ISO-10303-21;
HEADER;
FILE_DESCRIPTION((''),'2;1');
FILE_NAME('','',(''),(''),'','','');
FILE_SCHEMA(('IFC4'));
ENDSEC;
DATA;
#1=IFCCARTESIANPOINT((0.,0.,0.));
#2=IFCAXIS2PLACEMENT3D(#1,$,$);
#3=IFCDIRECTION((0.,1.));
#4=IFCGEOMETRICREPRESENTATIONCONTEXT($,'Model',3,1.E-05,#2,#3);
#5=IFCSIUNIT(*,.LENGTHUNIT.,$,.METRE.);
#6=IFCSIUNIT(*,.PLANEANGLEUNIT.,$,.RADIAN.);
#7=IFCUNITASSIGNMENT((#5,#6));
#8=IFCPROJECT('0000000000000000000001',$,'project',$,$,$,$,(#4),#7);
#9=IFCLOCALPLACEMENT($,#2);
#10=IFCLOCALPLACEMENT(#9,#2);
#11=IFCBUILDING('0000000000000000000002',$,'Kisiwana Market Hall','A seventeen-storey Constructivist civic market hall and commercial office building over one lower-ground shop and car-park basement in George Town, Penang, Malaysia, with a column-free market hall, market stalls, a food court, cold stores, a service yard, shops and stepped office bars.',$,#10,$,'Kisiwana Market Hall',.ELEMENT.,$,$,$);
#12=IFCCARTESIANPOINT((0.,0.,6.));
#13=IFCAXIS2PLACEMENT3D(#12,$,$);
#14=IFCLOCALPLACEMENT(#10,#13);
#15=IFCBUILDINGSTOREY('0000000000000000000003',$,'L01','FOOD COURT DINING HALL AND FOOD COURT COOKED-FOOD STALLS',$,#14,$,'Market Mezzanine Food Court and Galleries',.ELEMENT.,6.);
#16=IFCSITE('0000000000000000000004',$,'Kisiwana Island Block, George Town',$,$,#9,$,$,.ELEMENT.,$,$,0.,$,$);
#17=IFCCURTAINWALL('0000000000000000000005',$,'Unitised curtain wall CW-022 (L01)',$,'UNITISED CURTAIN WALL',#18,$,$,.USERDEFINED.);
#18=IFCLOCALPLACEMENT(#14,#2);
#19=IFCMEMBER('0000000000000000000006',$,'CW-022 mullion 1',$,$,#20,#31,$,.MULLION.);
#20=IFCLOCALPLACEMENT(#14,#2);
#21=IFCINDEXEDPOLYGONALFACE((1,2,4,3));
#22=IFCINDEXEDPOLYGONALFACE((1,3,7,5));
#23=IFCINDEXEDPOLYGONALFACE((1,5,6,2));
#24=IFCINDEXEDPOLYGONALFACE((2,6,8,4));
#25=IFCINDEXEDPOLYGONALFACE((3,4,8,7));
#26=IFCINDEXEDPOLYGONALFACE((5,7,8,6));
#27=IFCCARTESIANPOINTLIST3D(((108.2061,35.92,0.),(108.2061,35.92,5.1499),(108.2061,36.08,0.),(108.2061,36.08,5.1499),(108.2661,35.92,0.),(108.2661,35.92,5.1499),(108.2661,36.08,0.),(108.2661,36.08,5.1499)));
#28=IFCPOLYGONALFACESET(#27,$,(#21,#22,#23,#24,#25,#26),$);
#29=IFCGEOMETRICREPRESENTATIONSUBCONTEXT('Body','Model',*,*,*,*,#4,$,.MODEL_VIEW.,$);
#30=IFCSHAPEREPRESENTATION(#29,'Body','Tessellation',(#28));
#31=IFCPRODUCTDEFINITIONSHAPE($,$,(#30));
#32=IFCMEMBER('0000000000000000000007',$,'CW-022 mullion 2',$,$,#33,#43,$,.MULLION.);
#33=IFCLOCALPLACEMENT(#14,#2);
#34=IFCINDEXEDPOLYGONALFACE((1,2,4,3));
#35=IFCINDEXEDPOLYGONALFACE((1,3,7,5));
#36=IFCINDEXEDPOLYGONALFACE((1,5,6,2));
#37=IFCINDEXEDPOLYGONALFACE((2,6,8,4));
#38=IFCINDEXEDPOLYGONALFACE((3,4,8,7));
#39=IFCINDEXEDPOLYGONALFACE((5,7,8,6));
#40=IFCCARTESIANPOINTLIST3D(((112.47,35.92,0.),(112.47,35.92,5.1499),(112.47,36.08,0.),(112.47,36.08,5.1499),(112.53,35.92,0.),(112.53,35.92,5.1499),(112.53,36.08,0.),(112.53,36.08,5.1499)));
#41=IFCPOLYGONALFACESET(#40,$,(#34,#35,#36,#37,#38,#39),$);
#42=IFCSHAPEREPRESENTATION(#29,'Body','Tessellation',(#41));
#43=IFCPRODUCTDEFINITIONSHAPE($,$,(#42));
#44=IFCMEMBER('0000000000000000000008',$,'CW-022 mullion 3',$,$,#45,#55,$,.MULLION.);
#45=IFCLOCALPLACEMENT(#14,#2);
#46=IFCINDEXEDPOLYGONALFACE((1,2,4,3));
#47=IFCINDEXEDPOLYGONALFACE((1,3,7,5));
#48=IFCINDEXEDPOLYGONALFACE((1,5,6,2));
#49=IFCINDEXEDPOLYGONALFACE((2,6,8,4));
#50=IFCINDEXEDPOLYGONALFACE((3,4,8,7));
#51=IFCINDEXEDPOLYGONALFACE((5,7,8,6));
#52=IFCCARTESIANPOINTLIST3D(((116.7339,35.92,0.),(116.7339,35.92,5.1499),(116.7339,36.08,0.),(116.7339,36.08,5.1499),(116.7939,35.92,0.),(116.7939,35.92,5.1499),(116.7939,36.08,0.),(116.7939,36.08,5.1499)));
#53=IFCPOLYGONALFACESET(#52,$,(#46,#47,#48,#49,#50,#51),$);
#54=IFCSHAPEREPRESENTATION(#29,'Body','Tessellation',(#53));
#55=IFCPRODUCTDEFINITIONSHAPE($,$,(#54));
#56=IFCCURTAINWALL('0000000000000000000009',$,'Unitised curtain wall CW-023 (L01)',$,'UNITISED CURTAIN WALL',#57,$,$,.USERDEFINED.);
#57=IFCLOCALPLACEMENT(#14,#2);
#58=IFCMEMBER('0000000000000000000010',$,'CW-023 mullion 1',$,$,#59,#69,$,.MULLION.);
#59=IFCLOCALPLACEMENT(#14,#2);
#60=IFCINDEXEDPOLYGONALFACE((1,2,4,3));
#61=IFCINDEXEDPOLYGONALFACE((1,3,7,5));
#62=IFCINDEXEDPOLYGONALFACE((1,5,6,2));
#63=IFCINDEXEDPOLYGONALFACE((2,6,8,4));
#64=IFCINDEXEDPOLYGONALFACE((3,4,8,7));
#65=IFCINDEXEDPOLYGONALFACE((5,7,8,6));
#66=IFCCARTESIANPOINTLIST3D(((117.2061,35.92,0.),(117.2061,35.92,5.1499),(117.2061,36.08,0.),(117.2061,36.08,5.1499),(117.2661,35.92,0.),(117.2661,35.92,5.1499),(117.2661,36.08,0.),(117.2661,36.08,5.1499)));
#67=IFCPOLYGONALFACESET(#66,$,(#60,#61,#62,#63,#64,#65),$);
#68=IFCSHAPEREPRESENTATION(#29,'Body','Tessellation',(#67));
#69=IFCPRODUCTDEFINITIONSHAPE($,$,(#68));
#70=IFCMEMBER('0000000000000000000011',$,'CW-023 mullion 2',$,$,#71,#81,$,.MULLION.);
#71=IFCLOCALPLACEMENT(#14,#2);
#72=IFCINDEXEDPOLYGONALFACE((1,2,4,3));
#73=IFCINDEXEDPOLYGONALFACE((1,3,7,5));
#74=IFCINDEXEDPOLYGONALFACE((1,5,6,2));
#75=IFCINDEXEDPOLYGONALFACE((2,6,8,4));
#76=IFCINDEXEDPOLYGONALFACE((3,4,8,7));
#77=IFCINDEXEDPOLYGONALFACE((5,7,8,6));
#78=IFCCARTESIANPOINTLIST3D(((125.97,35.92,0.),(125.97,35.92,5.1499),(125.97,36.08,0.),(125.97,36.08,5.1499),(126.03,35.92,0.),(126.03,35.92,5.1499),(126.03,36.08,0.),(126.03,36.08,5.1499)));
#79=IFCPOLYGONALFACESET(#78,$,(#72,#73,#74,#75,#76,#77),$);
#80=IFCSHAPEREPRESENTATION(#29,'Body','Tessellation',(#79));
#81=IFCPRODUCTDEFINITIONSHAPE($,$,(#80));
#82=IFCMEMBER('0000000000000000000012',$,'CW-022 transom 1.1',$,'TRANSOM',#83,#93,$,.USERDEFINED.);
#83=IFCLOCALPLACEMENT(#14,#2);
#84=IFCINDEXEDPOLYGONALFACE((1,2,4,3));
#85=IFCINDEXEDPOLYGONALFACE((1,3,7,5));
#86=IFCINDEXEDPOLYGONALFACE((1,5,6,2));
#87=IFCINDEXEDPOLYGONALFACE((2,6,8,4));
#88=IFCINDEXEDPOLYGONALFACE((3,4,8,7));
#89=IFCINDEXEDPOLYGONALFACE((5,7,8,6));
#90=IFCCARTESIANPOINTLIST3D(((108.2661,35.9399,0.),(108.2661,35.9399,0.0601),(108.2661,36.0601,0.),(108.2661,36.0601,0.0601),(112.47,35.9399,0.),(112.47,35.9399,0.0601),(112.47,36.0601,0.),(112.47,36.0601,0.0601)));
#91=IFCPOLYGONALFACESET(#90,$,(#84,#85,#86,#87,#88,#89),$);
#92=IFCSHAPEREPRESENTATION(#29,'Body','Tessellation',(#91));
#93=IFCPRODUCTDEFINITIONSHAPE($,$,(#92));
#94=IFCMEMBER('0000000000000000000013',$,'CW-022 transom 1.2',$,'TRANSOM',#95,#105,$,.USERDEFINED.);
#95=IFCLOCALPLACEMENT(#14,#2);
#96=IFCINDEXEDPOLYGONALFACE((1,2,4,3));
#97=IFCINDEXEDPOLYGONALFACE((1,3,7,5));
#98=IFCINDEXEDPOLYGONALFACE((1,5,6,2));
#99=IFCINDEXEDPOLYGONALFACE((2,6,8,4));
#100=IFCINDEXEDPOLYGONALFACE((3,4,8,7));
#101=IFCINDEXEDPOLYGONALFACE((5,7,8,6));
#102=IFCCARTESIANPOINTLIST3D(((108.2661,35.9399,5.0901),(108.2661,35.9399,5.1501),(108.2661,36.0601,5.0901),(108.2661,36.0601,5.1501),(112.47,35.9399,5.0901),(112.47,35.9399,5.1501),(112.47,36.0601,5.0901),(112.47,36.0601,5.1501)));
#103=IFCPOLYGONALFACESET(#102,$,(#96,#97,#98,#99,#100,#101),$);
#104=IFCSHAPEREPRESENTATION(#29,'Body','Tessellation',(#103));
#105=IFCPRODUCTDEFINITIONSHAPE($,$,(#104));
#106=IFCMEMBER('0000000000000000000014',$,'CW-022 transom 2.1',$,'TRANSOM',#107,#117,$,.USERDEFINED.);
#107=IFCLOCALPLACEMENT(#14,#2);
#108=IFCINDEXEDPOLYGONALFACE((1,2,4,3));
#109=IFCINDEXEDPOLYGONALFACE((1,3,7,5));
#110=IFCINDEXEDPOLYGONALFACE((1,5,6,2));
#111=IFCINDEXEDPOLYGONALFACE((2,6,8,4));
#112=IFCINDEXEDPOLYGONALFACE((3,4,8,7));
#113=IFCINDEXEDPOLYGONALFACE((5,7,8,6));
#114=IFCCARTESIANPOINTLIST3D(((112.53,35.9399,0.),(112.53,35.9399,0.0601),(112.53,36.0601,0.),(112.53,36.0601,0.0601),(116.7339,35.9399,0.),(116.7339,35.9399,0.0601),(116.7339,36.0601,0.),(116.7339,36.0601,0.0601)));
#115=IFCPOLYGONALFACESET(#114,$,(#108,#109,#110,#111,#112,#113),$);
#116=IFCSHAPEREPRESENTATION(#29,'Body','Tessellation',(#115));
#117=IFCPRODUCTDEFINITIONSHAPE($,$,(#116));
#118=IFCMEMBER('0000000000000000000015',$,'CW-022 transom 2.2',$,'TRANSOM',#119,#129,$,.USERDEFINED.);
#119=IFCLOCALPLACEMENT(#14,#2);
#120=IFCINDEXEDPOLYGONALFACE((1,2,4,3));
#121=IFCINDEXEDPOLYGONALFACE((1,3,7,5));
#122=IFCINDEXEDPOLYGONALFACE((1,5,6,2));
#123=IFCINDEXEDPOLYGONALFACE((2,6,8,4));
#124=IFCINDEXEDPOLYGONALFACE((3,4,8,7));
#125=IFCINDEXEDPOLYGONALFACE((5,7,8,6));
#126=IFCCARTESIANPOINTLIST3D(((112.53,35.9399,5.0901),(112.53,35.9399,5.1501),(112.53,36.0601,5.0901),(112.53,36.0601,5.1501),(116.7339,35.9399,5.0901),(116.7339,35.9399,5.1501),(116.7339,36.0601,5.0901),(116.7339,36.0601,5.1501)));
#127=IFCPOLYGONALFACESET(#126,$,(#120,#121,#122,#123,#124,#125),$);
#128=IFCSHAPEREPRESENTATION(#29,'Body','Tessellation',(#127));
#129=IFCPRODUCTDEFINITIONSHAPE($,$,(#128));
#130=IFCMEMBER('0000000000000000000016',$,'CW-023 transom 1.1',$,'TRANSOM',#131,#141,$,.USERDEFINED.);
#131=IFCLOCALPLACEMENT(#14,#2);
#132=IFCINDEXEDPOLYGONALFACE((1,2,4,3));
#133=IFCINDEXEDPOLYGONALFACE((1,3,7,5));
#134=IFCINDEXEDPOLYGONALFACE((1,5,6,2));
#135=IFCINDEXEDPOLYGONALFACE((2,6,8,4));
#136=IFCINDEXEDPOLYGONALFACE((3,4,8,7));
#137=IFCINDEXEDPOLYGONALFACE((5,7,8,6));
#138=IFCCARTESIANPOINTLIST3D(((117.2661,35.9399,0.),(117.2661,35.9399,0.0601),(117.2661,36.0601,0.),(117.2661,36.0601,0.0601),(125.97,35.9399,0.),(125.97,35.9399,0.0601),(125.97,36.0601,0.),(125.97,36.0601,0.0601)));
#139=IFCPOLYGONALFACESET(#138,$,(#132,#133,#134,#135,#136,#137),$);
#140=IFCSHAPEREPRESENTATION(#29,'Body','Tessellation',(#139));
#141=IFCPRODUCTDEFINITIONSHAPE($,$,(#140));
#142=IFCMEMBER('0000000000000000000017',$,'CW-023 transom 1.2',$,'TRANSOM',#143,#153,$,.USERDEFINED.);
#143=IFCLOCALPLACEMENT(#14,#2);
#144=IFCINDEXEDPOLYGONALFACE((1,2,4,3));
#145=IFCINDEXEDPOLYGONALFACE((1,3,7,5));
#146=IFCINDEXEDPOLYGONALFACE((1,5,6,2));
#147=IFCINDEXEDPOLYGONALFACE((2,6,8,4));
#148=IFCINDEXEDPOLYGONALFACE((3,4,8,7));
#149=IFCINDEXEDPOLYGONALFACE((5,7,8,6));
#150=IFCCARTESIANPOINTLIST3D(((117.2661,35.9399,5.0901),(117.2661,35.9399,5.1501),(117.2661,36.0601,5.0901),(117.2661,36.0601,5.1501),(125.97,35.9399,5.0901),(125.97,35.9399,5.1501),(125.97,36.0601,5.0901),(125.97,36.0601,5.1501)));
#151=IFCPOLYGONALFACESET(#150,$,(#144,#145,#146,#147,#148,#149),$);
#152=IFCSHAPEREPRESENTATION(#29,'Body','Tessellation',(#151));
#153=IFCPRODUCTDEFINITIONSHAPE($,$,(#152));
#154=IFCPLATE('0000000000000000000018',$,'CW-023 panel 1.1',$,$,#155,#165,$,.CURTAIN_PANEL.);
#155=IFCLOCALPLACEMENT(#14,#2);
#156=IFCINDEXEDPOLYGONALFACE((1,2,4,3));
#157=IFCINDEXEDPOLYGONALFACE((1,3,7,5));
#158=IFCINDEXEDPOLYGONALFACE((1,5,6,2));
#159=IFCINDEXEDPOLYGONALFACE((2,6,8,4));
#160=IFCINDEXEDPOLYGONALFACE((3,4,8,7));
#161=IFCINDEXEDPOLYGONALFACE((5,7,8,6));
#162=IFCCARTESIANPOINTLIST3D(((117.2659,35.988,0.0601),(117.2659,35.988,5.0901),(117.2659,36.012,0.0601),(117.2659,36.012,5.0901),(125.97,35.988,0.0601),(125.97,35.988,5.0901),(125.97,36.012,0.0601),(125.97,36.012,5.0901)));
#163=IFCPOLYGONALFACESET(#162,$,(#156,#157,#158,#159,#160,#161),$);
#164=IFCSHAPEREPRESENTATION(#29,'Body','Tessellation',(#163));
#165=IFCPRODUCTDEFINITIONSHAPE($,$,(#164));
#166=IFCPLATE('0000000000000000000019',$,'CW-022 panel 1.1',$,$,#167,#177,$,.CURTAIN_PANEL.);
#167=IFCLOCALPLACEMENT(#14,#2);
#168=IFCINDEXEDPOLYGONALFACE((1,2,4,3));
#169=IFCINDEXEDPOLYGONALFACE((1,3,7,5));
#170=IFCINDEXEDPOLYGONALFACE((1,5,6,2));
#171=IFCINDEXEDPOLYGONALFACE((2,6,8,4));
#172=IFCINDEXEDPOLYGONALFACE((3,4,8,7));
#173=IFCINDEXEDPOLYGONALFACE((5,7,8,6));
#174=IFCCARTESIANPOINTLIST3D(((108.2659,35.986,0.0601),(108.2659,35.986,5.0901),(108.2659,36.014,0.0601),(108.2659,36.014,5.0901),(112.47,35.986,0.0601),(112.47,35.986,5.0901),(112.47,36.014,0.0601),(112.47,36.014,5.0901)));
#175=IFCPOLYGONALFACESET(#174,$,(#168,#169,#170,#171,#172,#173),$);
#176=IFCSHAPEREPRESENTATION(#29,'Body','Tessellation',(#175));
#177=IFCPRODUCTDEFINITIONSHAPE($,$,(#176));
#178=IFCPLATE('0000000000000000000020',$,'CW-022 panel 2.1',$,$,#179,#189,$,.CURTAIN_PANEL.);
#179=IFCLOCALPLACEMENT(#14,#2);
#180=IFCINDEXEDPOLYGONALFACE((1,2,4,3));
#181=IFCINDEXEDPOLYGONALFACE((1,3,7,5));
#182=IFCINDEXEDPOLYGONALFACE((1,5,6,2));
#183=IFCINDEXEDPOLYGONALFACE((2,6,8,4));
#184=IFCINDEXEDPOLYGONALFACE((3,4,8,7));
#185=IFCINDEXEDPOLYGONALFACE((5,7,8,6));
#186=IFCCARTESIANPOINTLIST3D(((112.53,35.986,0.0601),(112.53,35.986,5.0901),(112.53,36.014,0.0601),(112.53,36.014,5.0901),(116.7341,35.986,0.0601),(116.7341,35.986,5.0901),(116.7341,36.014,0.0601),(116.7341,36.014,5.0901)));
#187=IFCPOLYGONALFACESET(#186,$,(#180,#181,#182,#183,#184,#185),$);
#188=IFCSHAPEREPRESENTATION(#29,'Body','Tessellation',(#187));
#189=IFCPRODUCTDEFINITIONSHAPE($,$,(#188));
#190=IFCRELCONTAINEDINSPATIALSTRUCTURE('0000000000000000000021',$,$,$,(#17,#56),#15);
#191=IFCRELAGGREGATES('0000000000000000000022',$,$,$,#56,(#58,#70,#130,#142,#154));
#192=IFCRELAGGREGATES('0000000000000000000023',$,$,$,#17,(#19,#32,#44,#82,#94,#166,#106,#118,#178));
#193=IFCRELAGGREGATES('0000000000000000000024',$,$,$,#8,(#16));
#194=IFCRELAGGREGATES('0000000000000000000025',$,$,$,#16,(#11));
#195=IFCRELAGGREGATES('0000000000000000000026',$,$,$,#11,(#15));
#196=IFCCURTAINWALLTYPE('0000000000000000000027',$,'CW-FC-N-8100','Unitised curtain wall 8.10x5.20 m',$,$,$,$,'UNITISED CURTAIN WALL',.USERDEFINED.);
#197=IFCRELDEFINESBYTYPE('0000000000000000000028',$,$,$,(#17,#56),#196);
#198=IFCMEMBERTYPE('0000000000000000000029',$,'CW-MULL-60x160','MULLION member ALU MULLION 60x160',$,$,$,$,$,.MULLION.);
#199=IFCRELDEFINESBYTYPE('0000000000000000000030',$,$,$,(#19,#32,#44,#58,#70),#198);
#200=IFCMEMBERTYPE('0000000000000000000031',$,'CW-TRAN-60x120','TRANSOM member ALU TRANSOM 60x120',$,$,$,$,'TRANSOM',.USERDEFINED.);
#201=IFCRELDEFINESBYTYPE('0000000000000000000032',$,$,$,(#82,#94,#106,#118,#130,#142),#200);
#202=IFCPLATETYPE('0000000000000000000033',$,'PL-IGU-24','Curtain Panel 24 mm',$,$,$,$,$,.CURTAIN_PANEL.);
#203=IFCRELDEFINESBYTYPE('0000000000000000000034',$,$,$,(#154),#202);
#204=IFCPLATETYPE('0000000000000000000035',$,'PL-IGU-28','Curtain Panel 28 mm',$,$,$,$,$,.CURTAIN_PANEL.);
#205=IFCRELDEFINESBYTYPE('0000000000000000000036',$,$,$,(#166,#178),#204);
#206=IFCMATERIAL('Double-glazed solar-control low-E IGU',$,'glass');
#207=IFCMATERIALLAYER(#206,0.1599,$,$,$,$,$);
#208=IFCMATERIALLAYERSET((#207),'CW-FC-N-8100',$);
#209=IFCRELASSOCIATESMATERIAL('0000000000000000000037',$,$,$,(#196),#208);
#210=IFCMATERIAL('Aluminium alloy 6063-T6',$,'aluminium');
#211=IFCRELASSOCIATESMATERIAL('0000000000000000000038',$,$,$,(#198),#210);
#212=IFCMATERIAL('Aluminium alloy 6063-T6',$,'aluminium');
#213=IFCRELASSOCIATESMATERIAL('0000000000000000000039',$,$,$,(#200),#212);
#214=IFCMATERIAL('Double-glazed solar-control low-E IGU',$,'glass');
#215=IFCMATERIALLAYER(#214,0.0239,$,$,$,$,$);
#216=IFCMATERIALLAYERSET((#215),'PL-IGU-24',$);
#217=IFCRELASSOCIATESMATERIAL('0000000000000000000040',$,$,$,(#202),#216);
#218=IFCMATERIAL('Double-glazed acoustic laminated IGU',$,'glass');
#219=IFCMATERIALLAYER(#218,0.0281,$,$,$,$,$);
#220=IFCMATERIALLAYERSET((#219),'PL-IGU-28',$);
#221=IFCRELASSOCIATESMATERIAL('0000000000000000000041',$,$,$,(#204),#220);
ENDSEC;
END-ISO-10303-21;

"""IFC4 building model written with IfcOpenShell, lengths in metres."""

from ifc_helpers import new_model, si_unit, direction, frame, origin, origin_2d, place, context, subcontext, project, spatial, rectangle, extrude, material, layer, layer_set, material_profile, profile_set, type_object, element, aggregate, save


model = new_model("IFC4")

# Units and contexts
model_context = context("Model", 3, precision=1e-05, world=origin(), true_north=direction((0.0, 1.0)))
body_context = subcontext(model_context, "Body", "Model", "MODEL_VIEW")
ifc_project = project(units=[si_unit("LENGTHUNIT", "METRE"), si_unit("PLANEANGLEUNIT", "RADIAN")], contexts=[model_context])

# Site, building, storey
site_placement = place(None, origin())
site = spatial("IfcSite", under=ifc_project, at=site_placement, Name="Kisiwana Island Block, George Town", CompositionType="ELEMENT", RefElevation=0.0)
building_placement = place(site_placement, origin())
building = spatial("IfcBuilding", under=site, at=building_placement, Name="Kisiwana Market Hall", Description="A seventeen-storey Constructivist civic market hall and commercial office building over one lower-ground shop and car-park basement in George Town, Penang, Malaysia, with a column-free market hall, market stalls, a food court, cold stores, a service yard, shops and stepped office bars.", LongName="Kisiwana Market Hall", CompositionType="ELEMENT")
storey_placement = place(building_placement, frame((0.0, 0.0, 6.0)))
storey = spatial("IfcBuildingStorey", under=building, at=storey_placement, Name="L01", Description="FOOD COURT DINING HALL AND FOOD COURT COOKED-FOOD STALLS", LongName="Market Mezzanine Food Court and Galleries", CompositionType="ELEMENT", Elevation=6.0)

# Shared definitions
ifc_material_1 = material(Name="Double-glazed solar-control low-E IGU", Category="glass")
ifc_layer_1 = layer(ifc_material_1, 0.1599)
ifc_layer_set_1 = layer_set([ifc_layer_1], Name="CW-FC-N-8100")
curtain_wall_type = type_object("IfcCurtainWallType", Name="CW-FC-N-8100", Description="Unitised curtain wall 8.10x5.20 m", ElementType="UNITISED CURTAIN WALL", PredefinedType="USERDEFINED", material=ifc_layer_set_1)
ifc_material_2 = material(Name="Aluminium alloy 6063-T6", Category="aluminium")
ifc_material_profile_1 = material_profile(ifc_material_2, rectangle(XDim=0.0601, YDim=0.1599, at=origin_2d()), Name="ALU MULLION 60x160")
ifc_profile_set_1 = profile_set([ifc_material_profile_1], Name="Aluminium alloy 6063-T6")
member_type_1 = type_object("IfcMemberType", Name="CW-MULL-60x160", Description="MULLION member ALU MULLION 60x160", PredefinedType="MULLION", material=ifc_profile_set_1)

# Curtain walls, members
curtain_wall_1_placement = place(storey_placement, origin())
curtain_wall_1 = element("IfcCurtainWall", 1, at=curtain_wall_1_placement, inside=storey, type_object=curtain_wall_type, Name="Unitised curtain wall CW-022 (L01)", ObjectType="UNITISED CURTAIN WALL", PredefinedType="USERDEFINED")
member_1_placement = place(storey_placement, frame((108.2361, 36.0, 0.0), z_axis=(0.0, 0.0, 1.0), x_axis=(1.0, 0.0, 0.0)))
member_1 = element("IfcMember", 2, at=member_1_placement, type_object=member_type_1, Name="CW-022 mullion 1", PredefinedType="MULLION", context=body_context, shape_type="SweptSolid", body=[
    extrude(rectangle(XDim=0.0601, YDim=0.1599, at=origin_2d()), origin(), (0.0, 0.0, 1.0), 5.1499),
])
member_2_placement = place(storey_placement, frame((112.5, 36.0, 0.0), z_axis=(0.0, 0.0, 1.0), x_axis=(1.0, 0.0, 0.0)))
member_2 = element("IfcMember", 3, at=member_2_placement, type_object=member_type_1, Name="CW-022 mullion 2", PredefinedType="MULLION", context=body_context, shape_type="SweptSolid", body=[
    extrude(rectangle(XDim=0.0601, YDim=0.1599, at=origin_2d()), origin(), (0.0, 0.0, 1.0), 5.1499),
])
member_3_placement = place(storey_placement, frame((116.7639, 36.0, 0.0), z_axis=(0.0, 0.0, 1.0), x_axis=(1.0, 0.0, 0.0)))
member_3 = element("IfcMember", 4, at=member_3_placement, type_object=member_type_1, Name="CW-022 mullion 3", PredefinedType="MULLION", context=body_context, shape_type="SweptSolid", body=[
    extrude(rectangle(XDim=0.0601, YDim=0.1599, at=origin_2d()), origin(), (0.0, 0.0, 1.0), 5.1499),
])
curtain_wall_2_placement = place(storey_placement, origin())
curtain_wall_2 = element("IfcCurtainWall", 5, at=curtain_wall_2_placement, inside=storey, type_object=curtain_wall_type, Name="Unitised curtain wall CW-023 (L01)", ObjectType="UNITISED CURTAIN WALL", PredefinedType="USERDEFINED")
member_4_placement = place(storey_placement, frame((117.2361, 36.0, 0.0), z_axis=(0.0, 0.0, 1.0), x_axis=(1.0, 0.0, 0.0)))
member_4 = element("IfcMember", 6, at=member_4_placement, type_object=member_type_1, Name="CW-023 mullion 1", PredefinedType="MULLION", context=body_context, shape_type="SweptSolid", body=[
    extrude(rectangle(XDim=0.0601, YDim=0.1599, at=origin_2d()), origin(), (0.0, 0.0, 1.0), 5.1499),
])
member_5_placement = place(storey_placement, frame((126.0, 36.0, 0.0), z_axis=(0.0, 0.0, 1.0), x_axis=(1.0, 0.0, 0.0)))
member_5 = element("IfcMember", 7, at=member_5_placement, type_object=member_type_1, Name="CW-023 mullion 2", PredefinedType="MULLION", context=body_context, shape_type="SweptSolid", body=[
    extrude(rectangle(XDim=0.0601, YDim=0.1599, at=origin_2d()), origin(), (0.0, 0.0, 1.0), 5.1499),
])

# Members
ifc_material_3 = material(Name="Aluminium alloy 6063-T6", Category="aluminium")
ifc_material_profile_2 = material_profile(ifc_material_3, rectangle(XDim=0.1201, YDim=0.0601, at=origin_2d()), Name="ALU TRANSOM 60x120")
ifc_profile_set_2 = profile_set([ifc_material_profile_2], Name="Aluminium alloy 6063-T6")
member_type_2 = type_object("IfcMemberType", Name="CW-TRAN-60x120", Description="TRANSOM member ALU TRANSOM 60x120", ElementType="TRANSOM", PredefinedType="USERDEFINED", material=ifc_profile_set_2)
member_6_placement = place(storey_placement, frame((108.2661, 36.0, 0.03), z_axis=(1.0, 0.0, 0.0), x_axis=(0.0, 1.0, 0.0)))
member_6 = element("IfcMember", 8, at=member_6_placement, type_object=member_type_2, Name="CW-022 transom 1.1", ObjectType="TRANSOM", PredefinedType="USERDEFINED", context=body_context, shape_type="SweptSolid", body=[
    extrude(rectangle(XDim=0.1201, YDim=0.0601, at=origin_2d()), origin(), (0.0, 0.0, 1.0), 4.2039),
])
member_7_placement = place(storey_placement, frame((108.2661, 36.0, 5.1201), z_axis=(1.0, 0.0, 0.0), x_axis=(0.0, 1.0, 0.0)))
member_7 = element("IfcMember", 9, at=member_7_placement, type_object=member_type_2, Name="CW-022 transom 1.2", ObjectType="TRANSOM", PredefinedType="USERDEFINED", context=body_context, shape_type="SweptSolid", body=[
    extrude(rectangle(XDim=0.1201, YDim=0.0601, at=origin_2d()), origin(), (0.0, 0.0, 1.0), 4.2039),
])
member_8_placement = place(storey_placement, frame((112.53, 36.0, 0.03), z_axis=(1.0, 0.0, 0.0), x_axis=(0.0, 1.0, 0.0)))
member_8 = element("IfcMember", 10, at=member_8_placement, type_object=member_type_2, Name="CW-022 transom 2.1", ObjectType="TRANSOM", PredefinedType="USERDEFINED", context=body_context, shape_type="SweptSolid", body=[
    extrude(rectangle(XDim=0.1201, YDim=0.0601, at=origin_2d()), origin(), (0.0, 0.0, 1.0), 4.2039),
])
member_9_placement = place(storey_placement, frame((112.53, 36.0, 5.1201), z_axis=(1.0, 0.0, 0.0), x_axis=(0.0, 1.0, 0.0)))
member_9 = element("IfcMember", 11, at=member_9_placement, type_object=member_type_2, Name="CW-022 transom 2.2", ObjectType="TRANSOM", PredefinedType="USERDEFINED", context=body_context, shape_type="SweptSolid", body=[
    extrude(rectangle(XDim=0.1201, YDim=0.0601, at=origin_2d()), origin(), (0.0, 0.0, 1.0), 4.2039),
])
member_10_placement = place(storey_placement, frame((117.2661, 36.0, 0.03), z_axis=(1.0, 0.0, 0.0), x_axis=(0.0, 1.0, 0.0)))
member_10 = element("IfcMember", 12, at=member_10_placement, type_object=member_type_2, Name="CW-023 transom 1.1", ObjectType="TRANSOM", PredefinedType="USERDEFINED", context=body_context, shape_type="SweptSolid", body=[
    extrude(rectangle(XDim=0.1201, YDim=0.0601, at=origin_2d()), origin(), (0.0, 0.0, 1.0), 8.7039),
])
member_11_placement = place(storey_placement, frame((117.2661, 36.0, 5.1201), z_axis=(1.0, 0.0, 0.0), x_axis=(0.0, 1.0, 0.0)))
member_11 = element("IfcMember", 13, at=member_11_placement, type_object=member_type_2, Name="CW-023 transom 1.2", ObjectType="TRANSOM", PredefinedType="USERDEFINED", context=body_context, shape_type="SweptSolid", body=[
    extrude(rectangle(XDim=0.1201, YDim=0.0601, at=origin_2d()), origin(), (0.0, 0.0, 1.0), 8.7039),
])

# Plates
ifc_material_4 = material(Name="Double-glazed solar-control low-E IGU", Category="glass")
ifc_layer_2 = layer(ifc_material_4, 0.0239)
ifc_layer_set_2 = layer_set([ifc_layer_2], Name="PL-IGU-24")
plate_type_1 = type_object("IfcPlateType", Name="PL-IGU-24", Description="Curtain Panel 24 mm", PredefinedType="CURTAIN_PANEL", material=ifc_layer_set_2)
plate_1_placement = place(storey_placement, frame((121.6179, 36.0, 0.0601), z_axis=(0.0, 0.0, 1.0), x_axis=(1.0, 0.0, 0.0)))
plate_1 = element("IfcPlate", 14, at=plate_1_placement, type_object=plate_type_1, Name="CW-023 panel 1.1", PredefinedType="CURTAIN_PANEL", context=body_context, shape_type="SweptSolid", body=[
    extrude(rectangle(XDim=8.7041, YDim=0.0239, at=origin_2d()), origin(), (0.0, 0.0, 1.0), 5.03),
])
aggregate(curtain_wall_2, [member_4, member_5, member_10, member_11, plate_1])
ifc_material_5 = material(Name="Double-glazed acoustic laminated IGU", Category="glass")
ifc_layer_3 = layer(ifc_material_5, 0.0281)
ifc_layer_set_3 = layer_set([ifc_layer_3], Name="PL-IGU-28")
plate_type_2 = type_object("IfcPlateType", Name="PL-IGU-28", Description="Curtain Panel 28 mm", PredefinedType="CURTAIN_PANEL", material=ifc_layer_set_3)
plate_2_placement = place(storey_placement, frame((110.3679, 36.0, 0.0601), z_axis=(0.0, 0.0, 1.0), x_axis=(1.0, 0.0, 0.0)))
plate_2 = element("IfcPlate", 15, at=plate_2_placement, type_object=plate_type_2, Name="CW-022 panel 1.1", PredefinedType="CURTAIN_PANEL", context=body_context, shape_type="SweptSolid", body=[
    extrude(rectangle(XDim=4.2041, YDim=0.0281, at=origin_2d()), origin(), (0.0, 0.0, 1.0), 5.03),
])
plate_3_placement = place(storey_placement, frame((114.6321, 36.0, 0.0601), z_axis=(0.0, 0.0, 1.0), x_axis=(1.0, 0.0, 0.0)))
plate_3 = element("IfcPlate", 16, at=plate_3_placement, type_object=plate_type_2, Name="CW-022 panel 2.1", PredefinedType="CURTAIN_PANEL", context=body_context, shape_type="SweptSolid", body=[
    extrude(rectangle(XDim=4.2041, YDim=0.0281, at=origin_2d()), origin(), (0.0, 0.0, 1.0), 5.03),
])
aggregate(curtain_wall_1, [member_1, member_2, member_3, member_6, member_7, plate_2, member_8, member_9, plate_3])

save(model, "model.ifc")
